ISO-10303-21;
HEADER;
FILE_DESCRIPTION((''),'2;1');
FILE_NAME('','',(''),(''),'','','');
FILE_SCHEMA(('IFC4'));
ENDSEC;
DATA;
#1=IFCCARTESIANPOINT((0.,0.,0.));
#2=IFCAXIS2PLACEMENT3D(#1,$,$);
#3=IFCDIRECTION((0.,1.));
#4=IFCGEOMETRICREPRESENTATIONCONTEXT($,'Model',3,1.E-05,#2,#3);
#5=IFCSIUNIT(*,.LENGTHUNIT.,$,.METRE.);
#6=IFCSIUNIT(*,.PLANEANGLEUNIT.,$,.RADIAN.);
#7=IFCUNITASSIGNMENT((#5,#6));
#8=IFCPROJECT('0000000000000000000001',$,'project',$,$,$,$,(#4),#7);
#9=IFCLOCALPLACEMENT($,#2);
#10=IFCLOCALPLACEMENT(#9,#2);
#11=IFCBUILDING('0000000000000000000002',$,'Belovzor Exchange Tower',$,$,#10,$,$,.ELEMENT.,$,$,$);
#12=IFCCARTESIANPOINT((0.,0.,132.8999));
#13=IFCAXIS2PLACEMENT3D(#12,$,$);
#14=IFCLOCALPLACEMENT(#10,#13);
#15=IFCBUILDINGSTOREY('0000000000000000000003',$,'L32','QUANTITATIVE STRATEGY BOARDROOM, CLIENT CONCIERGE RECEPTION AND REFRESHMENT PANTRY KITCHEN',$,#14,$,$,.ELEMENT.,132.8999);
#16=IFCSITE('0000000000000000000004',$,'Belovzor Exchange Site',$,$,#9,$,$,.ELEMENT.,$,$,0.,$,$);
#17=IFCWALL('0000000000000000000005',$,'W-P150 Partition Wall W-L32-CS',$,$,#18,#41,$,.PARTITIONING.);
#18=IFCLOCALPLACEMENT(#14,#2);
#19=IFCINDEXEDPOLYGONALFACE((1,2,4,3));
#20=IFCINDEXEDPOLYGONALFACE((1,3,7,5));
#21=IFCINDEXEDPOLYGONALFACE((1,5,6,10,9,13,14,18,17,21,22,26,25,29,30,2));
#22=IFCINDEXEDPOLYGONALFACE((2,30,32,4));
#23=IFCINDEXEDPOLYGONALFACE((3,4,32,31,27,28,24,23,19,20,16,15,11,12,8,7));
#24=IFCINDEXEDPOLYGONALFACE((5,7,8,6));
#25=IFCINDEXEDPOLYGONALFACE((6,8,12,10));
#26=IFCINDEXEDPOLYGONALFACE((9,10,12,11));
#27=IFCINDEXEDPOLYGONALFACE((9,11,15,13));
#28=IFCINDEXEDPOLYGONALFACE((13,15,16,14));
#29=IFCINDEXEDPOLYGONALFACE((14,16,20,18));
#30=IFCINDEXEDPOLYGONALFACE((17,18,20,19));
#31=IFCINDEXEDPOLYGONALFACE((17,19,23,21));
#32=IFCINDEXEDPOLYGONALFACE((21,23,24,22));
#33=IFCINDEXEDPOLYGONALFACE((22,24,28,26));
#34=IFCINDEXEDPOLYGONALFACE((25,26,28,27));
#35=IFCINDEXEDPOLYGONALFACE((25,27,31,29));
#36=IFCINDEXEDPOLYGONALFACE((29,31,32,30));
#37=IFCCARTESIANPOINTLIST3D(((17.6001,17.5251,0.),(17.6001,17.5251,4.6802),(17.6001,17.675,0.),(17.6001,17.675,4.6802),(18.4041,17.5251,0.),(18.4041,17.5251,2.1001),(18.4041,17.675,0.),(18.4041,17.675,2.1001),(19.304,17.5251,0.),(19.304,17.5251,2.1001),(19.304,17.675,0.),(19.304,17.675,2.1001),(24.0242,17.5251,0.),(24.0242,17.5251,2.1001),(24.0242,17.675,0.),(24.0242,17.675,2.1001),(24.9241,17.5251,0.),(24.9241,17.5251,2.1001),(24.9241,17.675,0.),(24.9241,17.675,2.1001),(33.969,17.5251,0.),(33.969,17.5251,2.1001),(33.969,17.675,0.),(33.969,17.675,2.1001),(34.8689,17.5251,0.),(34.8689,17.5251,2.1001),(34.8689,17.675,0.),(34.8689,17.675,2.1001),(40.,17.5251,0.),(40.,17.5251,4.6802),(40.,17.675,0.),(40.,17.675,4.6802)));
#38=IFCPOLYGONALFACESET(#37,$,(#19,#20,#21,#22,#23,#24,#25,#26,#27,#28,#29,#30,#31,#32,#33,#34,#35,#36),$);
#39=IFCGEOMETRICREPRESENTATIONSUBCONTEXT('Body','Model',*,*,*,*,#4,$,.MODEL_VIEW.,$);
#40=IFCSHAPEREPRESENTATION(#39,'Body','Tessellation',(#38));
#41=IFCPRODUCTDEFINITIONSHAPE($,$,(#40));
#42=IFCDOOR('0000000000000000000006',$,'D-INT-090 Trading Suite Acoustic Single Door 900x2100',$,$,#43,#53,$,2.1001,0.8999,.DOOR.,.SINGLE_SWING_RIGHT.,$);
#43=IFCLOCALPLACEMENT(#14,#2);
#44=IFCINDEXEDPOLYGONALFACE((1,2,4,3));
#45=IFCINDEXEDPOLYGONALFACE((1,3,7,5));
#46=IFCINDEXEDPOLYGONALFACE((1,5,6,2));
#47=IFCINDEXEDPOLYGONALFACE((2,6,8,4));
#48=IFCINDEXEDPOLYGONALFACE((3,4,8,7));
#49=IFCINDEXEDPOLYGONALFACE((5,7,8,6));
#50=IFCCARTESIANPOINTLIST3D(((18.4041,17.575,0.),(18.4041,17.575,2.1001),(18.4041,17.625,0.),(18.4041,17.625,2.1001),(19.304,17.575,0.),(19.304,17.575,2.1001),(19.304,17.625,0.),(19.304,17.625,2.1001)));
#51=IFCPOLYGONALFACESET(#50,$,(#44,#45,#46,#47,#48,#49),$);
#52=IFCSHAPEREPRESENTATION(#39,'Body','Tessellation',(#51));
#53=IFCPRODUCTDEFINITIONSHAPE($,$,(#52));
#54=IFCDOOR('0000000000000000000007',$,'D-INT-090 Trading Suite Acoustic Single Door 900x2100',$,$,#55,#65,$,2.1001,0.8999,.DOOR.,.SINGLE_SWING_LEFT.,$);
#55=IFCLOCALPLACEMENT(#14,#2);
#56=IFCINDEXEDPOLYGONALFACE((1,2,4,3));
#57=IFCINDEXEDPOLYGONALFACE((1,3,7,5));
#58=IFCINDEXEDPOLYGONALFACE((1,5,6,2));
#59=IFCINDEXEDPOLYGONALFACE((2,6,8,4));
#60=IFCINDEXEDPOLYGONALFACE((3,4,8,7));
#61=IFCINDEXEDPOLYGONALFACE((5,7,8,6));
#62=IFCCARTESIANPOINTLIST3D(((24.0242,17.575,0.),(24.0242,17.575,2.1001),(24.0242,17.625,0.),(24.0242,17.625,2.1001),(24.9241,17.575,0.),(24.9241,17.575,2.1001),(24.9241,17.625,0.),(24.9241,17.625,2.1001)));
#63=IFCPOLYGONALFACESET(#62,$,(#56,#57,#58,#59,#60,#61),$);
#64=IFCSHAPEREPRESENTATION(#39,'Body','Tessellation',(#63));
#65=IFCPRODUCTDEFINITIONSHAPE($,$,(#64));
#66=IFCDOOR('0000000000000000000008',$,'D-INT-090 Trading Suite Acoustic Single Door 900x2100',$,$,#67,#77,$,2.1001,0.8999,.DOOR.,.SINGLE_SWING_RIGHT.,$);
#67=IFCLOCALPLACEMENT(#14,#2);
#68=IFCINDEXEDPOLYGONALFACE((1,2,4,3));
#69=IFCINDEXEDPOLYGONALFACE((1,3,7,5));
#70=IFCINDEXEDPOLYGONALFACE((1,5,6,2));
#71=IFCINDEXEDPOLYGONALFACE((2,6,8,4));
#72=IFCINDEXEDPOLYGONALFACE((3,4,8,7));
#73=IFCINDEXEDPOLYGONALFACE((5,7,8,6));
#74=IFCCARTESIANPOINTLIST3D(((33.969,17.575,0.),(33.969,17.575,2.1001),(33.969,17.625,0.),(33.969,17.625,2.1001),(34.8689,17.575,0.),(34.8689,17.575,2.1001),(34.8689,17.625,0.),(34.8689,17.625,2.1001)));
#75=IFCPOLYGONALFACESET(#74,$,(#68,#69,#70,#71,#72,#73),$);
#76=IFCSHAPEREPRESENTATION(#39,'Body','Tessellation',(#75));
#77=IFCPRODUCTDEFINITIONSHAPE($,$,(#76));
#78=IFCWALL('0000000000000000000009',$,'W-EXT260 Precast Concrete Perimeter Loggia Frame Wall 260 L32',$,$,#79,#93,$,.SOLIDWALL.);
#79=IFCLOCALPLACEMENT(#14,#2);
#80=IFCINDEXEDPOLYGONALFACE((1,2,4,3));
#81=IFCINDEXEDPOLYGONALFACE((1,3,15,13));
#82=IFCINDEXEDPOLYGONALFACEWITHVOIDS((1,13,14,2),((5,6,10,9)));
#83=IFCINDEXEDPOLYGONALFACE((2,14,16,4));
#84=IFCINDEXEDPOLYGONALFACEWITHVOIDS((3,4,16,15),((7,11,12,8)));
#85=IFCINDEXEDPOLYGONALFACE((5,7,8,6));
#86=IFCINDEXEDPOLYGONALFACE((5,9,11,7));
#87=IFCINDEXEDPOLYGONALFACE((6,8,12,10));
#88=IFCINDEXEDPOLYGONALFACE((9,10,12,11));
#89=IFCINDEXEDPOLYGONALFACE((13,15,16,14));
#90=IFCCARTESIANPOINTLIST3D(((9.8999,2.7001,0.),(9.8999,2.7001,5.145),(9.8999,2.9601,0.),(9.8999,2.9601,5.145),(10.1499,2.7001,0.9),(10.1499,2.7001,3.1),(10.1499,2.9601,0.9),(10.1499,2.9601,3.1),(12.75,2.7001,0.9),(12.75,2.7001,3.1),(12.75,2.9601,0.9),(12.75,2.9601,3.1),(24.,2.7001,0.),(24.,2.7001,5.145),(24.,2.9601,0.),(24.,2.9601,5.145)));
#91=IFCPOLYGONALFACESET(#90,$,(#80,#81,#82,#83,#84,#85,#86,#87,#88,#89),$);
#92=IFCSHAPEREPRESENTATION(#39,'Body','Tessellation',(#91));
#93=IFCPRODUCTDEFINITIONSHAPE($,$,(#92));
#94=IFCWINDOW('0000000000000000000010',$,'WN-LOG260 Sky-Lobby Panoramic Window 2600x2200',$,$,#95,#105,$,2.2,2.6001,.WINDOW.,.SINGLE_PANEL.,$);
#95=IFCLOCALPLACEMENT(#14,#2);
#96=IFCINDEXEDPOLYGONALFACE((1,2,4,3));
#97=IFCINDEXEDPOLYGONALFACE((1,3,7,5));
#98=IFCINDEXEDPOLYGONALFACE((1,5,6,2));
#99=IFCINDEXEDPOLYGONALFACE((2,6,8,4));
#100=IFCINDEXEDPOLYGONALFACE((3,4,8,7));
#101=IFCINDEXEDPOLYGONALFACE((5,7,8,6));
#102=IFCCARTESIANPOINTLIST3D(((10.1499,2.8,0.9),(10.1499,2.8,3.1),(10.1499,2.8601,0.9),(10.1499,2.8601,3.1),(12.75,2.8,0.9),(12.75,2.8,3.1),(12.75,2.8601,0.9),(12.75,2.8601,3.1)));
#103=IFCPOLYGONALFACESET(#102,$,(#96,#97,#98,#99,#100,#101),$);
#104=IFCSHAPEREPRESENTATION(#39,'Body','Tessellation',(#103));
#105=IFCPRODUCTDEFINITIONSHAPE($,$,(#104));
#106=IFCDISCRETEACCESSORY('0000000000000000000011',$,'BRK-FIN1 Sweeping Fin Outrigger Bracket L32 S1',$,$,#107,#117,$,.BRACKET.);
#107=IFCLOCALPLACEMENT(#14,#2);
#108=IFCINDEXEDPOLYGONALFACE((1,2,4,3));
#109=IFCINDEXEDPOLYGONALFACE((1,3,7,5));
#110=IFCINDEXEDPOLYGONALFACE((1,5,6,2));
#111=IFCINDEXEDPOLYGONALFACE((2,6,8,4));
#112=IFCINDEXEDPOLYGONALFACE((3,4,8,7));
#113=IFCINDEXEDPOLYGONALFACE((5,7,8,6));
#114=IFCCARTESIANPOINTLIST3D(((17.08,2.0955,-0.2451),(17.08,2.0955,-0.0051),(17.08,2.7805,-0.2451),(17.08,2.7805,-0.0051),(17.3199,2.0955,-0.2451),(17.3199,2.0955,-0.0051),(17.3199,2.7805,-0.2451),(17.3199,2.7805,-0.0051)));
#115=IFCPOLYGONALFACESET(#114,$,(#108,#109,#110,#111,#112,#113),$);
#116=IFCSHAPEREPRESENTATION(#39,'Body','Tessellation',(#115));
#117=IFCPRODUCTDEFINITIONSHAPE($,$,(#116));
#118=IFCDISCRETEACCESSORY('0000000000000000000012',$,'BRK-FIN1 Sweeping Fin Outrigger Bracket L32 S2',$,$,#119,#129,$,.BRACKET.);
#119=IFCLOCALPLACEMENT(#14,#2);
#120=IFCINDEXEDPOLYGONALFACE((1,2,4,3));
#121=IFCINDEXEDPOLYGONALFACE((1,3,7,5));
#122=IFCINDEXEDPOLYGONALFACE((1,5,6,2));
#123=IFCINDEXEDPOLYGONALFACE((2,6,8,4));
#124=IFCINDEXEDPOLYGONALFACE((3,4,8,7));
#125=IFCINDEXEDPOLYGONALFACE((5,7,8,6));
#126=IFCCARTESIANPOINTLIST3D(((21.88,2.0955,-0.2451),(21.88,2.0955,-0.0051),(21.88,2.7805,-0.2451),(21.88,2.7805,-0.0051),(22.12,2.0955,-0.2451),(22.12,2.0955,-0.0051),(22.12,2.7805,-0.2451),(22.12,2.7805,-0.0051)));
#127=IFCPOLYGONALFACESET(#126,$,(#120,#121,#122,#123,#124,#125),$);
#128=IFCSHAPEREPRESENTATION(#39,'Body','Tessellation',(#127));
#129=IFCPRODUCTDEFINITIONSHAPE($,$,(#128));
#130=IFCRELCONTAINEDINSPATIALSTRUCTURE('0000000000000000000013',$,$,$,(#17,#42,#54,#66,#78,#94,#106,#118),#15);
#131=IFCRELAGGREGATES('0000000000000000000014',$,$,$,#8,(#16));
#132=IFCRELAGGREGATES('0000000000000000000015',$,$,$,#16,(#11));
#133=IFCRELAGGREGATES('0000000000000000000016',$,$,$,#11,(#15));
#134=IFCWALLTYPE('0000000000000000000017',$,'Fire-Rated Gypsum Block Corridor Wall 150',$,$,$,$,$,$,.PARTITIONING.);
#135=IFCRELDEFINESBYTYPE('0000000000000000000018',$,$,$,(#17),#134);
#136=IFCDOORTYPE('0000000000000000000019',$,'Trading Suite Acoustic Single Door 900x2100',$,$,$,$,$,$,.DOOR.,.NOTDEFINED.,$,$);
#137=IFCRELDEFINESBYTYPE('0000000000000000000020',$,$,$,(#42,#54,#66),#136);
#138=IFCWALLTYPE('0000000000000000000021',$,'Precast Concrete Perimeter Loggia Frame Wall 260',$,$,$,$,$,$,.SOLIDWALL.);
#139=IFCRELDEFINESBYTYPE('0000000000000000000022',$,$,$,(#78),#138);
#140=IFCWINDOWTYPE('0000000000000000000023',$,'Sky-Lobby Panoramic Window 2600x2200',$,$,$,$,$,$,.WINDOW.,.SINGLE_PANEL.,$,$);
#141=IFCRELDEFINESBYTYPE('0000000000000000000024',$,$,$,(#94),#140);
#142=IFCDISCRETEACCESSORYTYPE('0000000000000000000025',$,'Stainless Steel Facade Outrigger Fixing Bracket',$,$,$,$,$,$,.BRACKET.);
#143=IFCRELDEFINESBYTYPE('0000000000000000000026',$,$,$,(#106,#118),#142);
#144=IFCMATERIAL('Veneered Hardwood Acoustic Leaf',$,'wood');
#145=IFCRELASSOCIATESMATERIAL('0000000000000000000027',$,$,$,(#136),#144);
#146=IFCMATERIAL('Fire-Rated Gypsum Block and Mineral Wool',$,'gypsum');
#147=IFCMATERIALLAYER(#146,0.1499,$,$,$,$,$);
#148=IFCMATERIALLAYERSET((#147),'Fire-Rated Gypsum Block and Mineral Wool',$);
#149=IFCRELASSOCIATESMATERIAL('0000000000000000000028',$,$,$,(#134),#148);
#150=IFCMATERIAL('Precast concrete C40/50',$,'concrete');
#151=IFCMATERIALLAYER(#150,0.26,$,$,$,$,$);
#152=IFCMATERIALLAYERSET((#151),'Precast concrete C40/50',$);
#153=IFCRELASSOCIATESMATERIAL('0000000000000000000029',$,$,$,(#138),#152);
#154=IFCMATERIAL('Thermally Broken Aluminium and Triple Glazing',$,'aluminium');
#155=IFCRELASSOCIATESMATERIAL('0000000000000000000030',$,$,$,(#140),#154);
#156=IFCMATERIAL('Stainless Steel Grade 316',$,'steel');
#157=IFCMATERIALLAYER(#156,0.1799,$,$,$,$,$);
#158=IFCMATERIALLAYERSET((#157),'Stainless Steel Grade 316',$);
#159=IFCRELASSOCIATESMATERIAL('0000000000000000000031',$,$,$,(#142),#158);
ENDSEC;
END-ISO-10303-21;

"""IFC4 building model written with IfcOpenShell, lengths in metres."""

from ifc_helpers import new_model, si_unit, direction, frame, frame_2d, origin, origin_2d, place, context, subcontext, project, spatial, rectangle, extrude, material, layer, layer_set, type_object, element, fill, save


model = new_model("IFC4")

# Units and contexts
model_context = context("Model", 3, precision=1e-05, world=origin(), true_north=direction((0.0, 1.0)))
body_context = subcontext(model_context, "Body", "Model", "MODEL_VIEW")
ifc_project = project(units=[si_unit("LENGTHUNIT", "METRE"), si_unit("PLANEANGLEUNIT", "RADIAN")], contexts=[model_context])

# Site, building, storey
site_placement = place(None, origin())
site = spatial("IfcSite", under=ifc_project, at=site_placement, Name="Belovzor Exchange Site", CompositionType="ELEMENT", RefElevation=0.0)
building_placement = place(site_placement, origin())
building = spatial("IfcBuilding", under=site, at=building_placement, Name="Belovzor Exchange Tower", CompositionType="ELEMENT")
storey_placement = place(building_placement, frame((0.0, 0.0, 132.8999)))
storey = spatial("IfcBuildingStorey", under=building, at=storey_placement, Name="L32", Description="QUANTITATIVE STRATEGY BOARDROOM, CLIENT CONCIERGE RECEPTION AND REFRESHMENT PANTRY KITCHEN", CompositionType="ELEMENT", Elevation=132.8999)

# Shared definitions
ifc_material_1 = material(Name="Veneered Hardwood Acoustic Leaf", Category="wood")
door_type = type_object("IfcDoorType", Name="Trading Suite Acoustic Single Door 900x2100", OperationType="NOTDEFINED", PredefinedType="DOOR", material=ifc_material_1)

# Wall, openings, doors
ifc_material_2 = material(Name="Fire-Rated Gypsum Block and Mineral Wool", Category="gypsum")
ifc_layer_1 = layer(ifc_material_2, 0.1499)
ifc_layer_set_1 = layer_set([ifc_layer_1], Name="Fire-Rated Gypsum Block and Mineral Wool")
wall_type_1 = type_object("IfcWallType", Name="Fire-Rated Gypsum Block Corridor Wall 150", PredefinedType="PARTITIONING", material=ifc_layer_set_1)
wall_1_placement = place(storey_placement, frame((17.6001, 17.6001, 0.0), z_axis=(0.0, 0.0, 1.0), x_axis=(1.0, 0.0, 0.0)))
wall_1 = element("IfcWall", 1, at=wall_1_placement, inside=storey, type_object=wall_type_1, Name="W-P150 Partition Wall W-L32-CS", PredefinedType="PARTITIONING", context=body_context, shape_type="SweptSolid", body=[
    extrude(rectangle(XDim=22.3999, YDim=0.1499, at=frame_2d((11.2, 0.0))), origin(), (0.0, 0.0, 1.0), 4.6802),
])
opening_1_placement = place(wall_1_placement, frame((0.804, 0.0, 0.0)))
opening_1 = element("IfcOpeningElement", 2, at=opening_1_placement, cuts=wall_1, PredefinedType="OPENING", context=body_context, shape_type="SweptSolid", body=[
    extrude(rectangle(XDim=0.8999, YDim=2.1001, at=frame_2d((0.45, 1.05))), frame((0.0, 0.085, 0.0), z_axis=(0.0, -1.0, 0.0), x_axis=(1.0, 0.0, 0.0)), (0.0, 0.0, 1.0), 0.1699),
])
opening_2_placement = place(wall_1_placement, frame((6.4241, 0.0, 0.0)))
opening_2 = element("IfcOpeningElement", 3, at=opening_2_placement, cuts=wall_1, PredefinedType="OPENING", context=body_context, shape_type="SweptSolid", body=[
    extrude(rectangle(XDim=0.8999, YDim=2.1001, at=frame_2d((0.45, 1.05))), frame((0.0, 0.085, 0.0), z_axis=(0.0, -1.0, 0.0), x_axis=(1.0, 0.0, 0.0)), (0.0, 0.0, 1.0), 0.1699),
])
opening_3_placement = place(wall_1_placement, frame((16.3689, 0.0, 0.0)))
opening_3 = element("IfcOpeningElement", 4, at=opening_3_placement, cuts=wall_1, PredefinedType="OPENING", context=body_context, shape_type="SweptSolid", body=[
    extrude(rectangle(XDim=0.8999, YDim=2.1001, at=frame_2d((0.45, 1.05))), frame((0.0, 0.085, 0.0), z_axis=(0.0, -1.0, 0.0), x_axis=(1.0, 0.0, 0.0)), (0.0, 0.0, 1.0), 0.1699),
])
door_1_placement = place(opening_1_placement, origin())
door_1 = element("IfcDoor", 5, at=door_1_placement, inside=storey, type_object=door_type, Name="D-INT-090 Trading Suite Acoustic Single Door 900x2100", OperationType="SINGLE_SWING_RIGHT", OverallHeight=2.1001, OverallWidth=0.8999, PredefinedType="DOOR", context=body_context, shape_type="SweptSolid", body=[
    extrude(rectangle(XDim=0.8999, YDim=2.1001, at=frame_2d((0.45, 1.05))), frame((0.0, 0.0249, 0.0), z_axis=(0.0, -1.0, 0.0), x_axis=(1.0, 0.0, 0.0)), (0.0, 0.0, 1.0), 0.05),
])
fill(opening_1, door_1)
door_2_placement = place(opening_2_placement, origin())
door_2 = element("IfcDoor", 6, at=door_2_placement, inside=storey, type_object=door_type, Name="D-INT-090 Trading Suite Acoustic Single Door 900x2100", OperationType="SINGLE_SWING_LEFT", OverallHeight=2.1001, OverallWidth=0.8999, PredefinedType="DOOR", context=body_context, shape_type="SweptSolid", body=[
    extrude(rectangle(XDim=0.8999, YDim=2.1001, at=frame_2d((0.45, 1.05))), frame((0.0, 0.0249, 0.0), z_axis=(0.0, -1.0, 0.0), x_axis=(1.0, 0.0, 0.0)), (0.0, 0.0, 1.0), 0.05),
])
fill(opening_2, door_2)
door_3_placement = place(opening_3_placement, origin())
door_3 = element("IfcDoor", 7, at=door_3_placement, inside=storey, type_object=door_type, Name="D-INT-090 Trading Suite Acoustic Single Door 900x2100", OperationType="SINGLE_SWING_RIGHT", OverallHeight=2.1001, OverallWidth=0.8999, PredefinedType="DOOR", context=body_context, shape_type="SweptSolid", body=[
    extrude(rectangle(XDim=0.8999, YDim=2.1001, at=frame_2d((0.45, 1.05))), frame((0.0, 0.0249, 0.0), z_axis=(0.0, -1.0, 0.0), x_axis=(1.0, 0.0, 0.0)), (0.0, 0.0, 1.0), 0.05),
])
fill(opening_3, door_3)

# Wall, opening, window
ifc_material_3 = material(Name="Precast concrete C40/50", Category="concrete")
ifc_layer_2 = layer(ifc_material_3, 0.26)
ifc_layer_set_2 = layer_set([ifc_layer_2], Name="Precast concrete C40/50")
wall_type_2 = type_object("IfcWallType", Name="Precast Concrete Perimeter Loggia Frame Wall 260", PredefinedType="SOLIDWALL", material=ifc_layer_set_2)
wall_2_placement = place(storey_placement, frame((24.0, 2.8301, 0.0), z_axis=(0.0, 0.0, 1.0), x_axis=(-1.0, 0.0, 0.0)))
wall_2 = element("IfcWall", 8, at=wall_2_placement, inside=storey, type_object=wall_type_2, Name="W-EXT260 Precast Concrete Perimeter Loggia Frame Wall 260 L32", PredefinedType="SOLIDWALL", context=body_context, shape_type="SweptSolid", body=[
    extrude(rectangle(XDim=14.1001, YDim=0.26, at=frame_2d((7.05, 0.0))), origin(), (0.0, 0.0, 1.0), 5.145),
])
opening_4_placement = place(wall_2_placement, frame((11.25, 0.0, 0.8999)))
opening_4 = element("IfcOpeningElement", 9, at=opening_4_placement, cuts=wall_2, PredefinedType="OPENING", context=body_context, shape_type="SweptSolid", body=[
    extrude(rectangle(XDim=2.6001, YDim=2.2, at=frame_2d((1.3, 1.1001))), frame((0.0, 0.1399, 0.0), z_axis=(0.0, -1.0, 0.0), x_axis=(1.0, 0.0, 0.0)), (0.0, 0.0, 1.0), 0.28),
])
ifc_material_4 = material(Name="Thermally Broken Aluminium and Triple Glazing", Category="aluminium")
window_type = type_object("IfcWindowType", Name="Sky-Lobby Panoramic Window 2600x2200", PartitioningType="SINGLE_PANEL", PredefinedType="WINDOW", material=ifc_material_4)
window_placement = place(opening_4_placement, origin())
window = element("IfcWindow", 10, at=window_placement, inside=storey, type_object=window_type, Name="WN-LOG260 Sky-Lobby Panoramic Window 2600x2200", OverallHeight=2.2, OverallWidth=2.6001, PartitioningType="SINGLE_PANEL", PredefinedType="WINDOW", context=body_context, shape_type="SweptSolid", body=[
    extrude(rectangle(XDim=2.6001, YDim=2.2, at=frame_2d((1.3, 1.1001))), frame((0.0, 0.03, 0.0), z_axis=(0.0, -1.0, 0.0), x_axis=(1.0, 0.0, 0.0)), (0.0, 0.0, 1.0), 0.0601),
])
fill(opening_4, window)

# Discrete accessories
ifc_material_5 = material(Name="Stainless Steel Grade 316", Category="steel")
ifc_layer_3 = layer(ifc_material_5, 0.1799)
ifc_layer_set_3 = layer_set([ifc_layer_3], Name="Stainless Steel Grade 316")
discrete_accessory_type = type_object("IfcDiscreteAccessoryType", Name="Stainless Steel Facade Outrigger Fixing Bracket", PredefinedType="BRACKET", material=ifc_layer_set_3)
for number, where, z_axis, x_axis, name in (
    (11, (17.2, 2.438, -0.2451), (0.0, 0.0, 1.0), (0.0, 1.0, 0.0), "BRK-FIN1 Sweeping Fin Outrigger Bracket L32 S1"),
    (12, (22.0, 2.438, -0.2451), (0.0, 0.0, 1.0), (0.0, 1.0, 0.0), "BRK-FIN1 Sweeping Fin Outrigger Bracket L32 S2"),
):
    element("IfcDiscreteAccessory", number, at=place(storey_placement, frame(where, z_axis=z_axis, x_axis=x_axis)), inside=storey, type_object=discrete_accessory_type, Name=name, PredefinedType="BRACKET", context=body_context, shape_type="SweptSolid", body=[
        extrude(rectangle(XDim=0.6851, YDim=0.24, at=origin_2d()), origin(), (0.0, 0.0, 1.0), 0.24),
    ])

save(model, "model.ifc")
